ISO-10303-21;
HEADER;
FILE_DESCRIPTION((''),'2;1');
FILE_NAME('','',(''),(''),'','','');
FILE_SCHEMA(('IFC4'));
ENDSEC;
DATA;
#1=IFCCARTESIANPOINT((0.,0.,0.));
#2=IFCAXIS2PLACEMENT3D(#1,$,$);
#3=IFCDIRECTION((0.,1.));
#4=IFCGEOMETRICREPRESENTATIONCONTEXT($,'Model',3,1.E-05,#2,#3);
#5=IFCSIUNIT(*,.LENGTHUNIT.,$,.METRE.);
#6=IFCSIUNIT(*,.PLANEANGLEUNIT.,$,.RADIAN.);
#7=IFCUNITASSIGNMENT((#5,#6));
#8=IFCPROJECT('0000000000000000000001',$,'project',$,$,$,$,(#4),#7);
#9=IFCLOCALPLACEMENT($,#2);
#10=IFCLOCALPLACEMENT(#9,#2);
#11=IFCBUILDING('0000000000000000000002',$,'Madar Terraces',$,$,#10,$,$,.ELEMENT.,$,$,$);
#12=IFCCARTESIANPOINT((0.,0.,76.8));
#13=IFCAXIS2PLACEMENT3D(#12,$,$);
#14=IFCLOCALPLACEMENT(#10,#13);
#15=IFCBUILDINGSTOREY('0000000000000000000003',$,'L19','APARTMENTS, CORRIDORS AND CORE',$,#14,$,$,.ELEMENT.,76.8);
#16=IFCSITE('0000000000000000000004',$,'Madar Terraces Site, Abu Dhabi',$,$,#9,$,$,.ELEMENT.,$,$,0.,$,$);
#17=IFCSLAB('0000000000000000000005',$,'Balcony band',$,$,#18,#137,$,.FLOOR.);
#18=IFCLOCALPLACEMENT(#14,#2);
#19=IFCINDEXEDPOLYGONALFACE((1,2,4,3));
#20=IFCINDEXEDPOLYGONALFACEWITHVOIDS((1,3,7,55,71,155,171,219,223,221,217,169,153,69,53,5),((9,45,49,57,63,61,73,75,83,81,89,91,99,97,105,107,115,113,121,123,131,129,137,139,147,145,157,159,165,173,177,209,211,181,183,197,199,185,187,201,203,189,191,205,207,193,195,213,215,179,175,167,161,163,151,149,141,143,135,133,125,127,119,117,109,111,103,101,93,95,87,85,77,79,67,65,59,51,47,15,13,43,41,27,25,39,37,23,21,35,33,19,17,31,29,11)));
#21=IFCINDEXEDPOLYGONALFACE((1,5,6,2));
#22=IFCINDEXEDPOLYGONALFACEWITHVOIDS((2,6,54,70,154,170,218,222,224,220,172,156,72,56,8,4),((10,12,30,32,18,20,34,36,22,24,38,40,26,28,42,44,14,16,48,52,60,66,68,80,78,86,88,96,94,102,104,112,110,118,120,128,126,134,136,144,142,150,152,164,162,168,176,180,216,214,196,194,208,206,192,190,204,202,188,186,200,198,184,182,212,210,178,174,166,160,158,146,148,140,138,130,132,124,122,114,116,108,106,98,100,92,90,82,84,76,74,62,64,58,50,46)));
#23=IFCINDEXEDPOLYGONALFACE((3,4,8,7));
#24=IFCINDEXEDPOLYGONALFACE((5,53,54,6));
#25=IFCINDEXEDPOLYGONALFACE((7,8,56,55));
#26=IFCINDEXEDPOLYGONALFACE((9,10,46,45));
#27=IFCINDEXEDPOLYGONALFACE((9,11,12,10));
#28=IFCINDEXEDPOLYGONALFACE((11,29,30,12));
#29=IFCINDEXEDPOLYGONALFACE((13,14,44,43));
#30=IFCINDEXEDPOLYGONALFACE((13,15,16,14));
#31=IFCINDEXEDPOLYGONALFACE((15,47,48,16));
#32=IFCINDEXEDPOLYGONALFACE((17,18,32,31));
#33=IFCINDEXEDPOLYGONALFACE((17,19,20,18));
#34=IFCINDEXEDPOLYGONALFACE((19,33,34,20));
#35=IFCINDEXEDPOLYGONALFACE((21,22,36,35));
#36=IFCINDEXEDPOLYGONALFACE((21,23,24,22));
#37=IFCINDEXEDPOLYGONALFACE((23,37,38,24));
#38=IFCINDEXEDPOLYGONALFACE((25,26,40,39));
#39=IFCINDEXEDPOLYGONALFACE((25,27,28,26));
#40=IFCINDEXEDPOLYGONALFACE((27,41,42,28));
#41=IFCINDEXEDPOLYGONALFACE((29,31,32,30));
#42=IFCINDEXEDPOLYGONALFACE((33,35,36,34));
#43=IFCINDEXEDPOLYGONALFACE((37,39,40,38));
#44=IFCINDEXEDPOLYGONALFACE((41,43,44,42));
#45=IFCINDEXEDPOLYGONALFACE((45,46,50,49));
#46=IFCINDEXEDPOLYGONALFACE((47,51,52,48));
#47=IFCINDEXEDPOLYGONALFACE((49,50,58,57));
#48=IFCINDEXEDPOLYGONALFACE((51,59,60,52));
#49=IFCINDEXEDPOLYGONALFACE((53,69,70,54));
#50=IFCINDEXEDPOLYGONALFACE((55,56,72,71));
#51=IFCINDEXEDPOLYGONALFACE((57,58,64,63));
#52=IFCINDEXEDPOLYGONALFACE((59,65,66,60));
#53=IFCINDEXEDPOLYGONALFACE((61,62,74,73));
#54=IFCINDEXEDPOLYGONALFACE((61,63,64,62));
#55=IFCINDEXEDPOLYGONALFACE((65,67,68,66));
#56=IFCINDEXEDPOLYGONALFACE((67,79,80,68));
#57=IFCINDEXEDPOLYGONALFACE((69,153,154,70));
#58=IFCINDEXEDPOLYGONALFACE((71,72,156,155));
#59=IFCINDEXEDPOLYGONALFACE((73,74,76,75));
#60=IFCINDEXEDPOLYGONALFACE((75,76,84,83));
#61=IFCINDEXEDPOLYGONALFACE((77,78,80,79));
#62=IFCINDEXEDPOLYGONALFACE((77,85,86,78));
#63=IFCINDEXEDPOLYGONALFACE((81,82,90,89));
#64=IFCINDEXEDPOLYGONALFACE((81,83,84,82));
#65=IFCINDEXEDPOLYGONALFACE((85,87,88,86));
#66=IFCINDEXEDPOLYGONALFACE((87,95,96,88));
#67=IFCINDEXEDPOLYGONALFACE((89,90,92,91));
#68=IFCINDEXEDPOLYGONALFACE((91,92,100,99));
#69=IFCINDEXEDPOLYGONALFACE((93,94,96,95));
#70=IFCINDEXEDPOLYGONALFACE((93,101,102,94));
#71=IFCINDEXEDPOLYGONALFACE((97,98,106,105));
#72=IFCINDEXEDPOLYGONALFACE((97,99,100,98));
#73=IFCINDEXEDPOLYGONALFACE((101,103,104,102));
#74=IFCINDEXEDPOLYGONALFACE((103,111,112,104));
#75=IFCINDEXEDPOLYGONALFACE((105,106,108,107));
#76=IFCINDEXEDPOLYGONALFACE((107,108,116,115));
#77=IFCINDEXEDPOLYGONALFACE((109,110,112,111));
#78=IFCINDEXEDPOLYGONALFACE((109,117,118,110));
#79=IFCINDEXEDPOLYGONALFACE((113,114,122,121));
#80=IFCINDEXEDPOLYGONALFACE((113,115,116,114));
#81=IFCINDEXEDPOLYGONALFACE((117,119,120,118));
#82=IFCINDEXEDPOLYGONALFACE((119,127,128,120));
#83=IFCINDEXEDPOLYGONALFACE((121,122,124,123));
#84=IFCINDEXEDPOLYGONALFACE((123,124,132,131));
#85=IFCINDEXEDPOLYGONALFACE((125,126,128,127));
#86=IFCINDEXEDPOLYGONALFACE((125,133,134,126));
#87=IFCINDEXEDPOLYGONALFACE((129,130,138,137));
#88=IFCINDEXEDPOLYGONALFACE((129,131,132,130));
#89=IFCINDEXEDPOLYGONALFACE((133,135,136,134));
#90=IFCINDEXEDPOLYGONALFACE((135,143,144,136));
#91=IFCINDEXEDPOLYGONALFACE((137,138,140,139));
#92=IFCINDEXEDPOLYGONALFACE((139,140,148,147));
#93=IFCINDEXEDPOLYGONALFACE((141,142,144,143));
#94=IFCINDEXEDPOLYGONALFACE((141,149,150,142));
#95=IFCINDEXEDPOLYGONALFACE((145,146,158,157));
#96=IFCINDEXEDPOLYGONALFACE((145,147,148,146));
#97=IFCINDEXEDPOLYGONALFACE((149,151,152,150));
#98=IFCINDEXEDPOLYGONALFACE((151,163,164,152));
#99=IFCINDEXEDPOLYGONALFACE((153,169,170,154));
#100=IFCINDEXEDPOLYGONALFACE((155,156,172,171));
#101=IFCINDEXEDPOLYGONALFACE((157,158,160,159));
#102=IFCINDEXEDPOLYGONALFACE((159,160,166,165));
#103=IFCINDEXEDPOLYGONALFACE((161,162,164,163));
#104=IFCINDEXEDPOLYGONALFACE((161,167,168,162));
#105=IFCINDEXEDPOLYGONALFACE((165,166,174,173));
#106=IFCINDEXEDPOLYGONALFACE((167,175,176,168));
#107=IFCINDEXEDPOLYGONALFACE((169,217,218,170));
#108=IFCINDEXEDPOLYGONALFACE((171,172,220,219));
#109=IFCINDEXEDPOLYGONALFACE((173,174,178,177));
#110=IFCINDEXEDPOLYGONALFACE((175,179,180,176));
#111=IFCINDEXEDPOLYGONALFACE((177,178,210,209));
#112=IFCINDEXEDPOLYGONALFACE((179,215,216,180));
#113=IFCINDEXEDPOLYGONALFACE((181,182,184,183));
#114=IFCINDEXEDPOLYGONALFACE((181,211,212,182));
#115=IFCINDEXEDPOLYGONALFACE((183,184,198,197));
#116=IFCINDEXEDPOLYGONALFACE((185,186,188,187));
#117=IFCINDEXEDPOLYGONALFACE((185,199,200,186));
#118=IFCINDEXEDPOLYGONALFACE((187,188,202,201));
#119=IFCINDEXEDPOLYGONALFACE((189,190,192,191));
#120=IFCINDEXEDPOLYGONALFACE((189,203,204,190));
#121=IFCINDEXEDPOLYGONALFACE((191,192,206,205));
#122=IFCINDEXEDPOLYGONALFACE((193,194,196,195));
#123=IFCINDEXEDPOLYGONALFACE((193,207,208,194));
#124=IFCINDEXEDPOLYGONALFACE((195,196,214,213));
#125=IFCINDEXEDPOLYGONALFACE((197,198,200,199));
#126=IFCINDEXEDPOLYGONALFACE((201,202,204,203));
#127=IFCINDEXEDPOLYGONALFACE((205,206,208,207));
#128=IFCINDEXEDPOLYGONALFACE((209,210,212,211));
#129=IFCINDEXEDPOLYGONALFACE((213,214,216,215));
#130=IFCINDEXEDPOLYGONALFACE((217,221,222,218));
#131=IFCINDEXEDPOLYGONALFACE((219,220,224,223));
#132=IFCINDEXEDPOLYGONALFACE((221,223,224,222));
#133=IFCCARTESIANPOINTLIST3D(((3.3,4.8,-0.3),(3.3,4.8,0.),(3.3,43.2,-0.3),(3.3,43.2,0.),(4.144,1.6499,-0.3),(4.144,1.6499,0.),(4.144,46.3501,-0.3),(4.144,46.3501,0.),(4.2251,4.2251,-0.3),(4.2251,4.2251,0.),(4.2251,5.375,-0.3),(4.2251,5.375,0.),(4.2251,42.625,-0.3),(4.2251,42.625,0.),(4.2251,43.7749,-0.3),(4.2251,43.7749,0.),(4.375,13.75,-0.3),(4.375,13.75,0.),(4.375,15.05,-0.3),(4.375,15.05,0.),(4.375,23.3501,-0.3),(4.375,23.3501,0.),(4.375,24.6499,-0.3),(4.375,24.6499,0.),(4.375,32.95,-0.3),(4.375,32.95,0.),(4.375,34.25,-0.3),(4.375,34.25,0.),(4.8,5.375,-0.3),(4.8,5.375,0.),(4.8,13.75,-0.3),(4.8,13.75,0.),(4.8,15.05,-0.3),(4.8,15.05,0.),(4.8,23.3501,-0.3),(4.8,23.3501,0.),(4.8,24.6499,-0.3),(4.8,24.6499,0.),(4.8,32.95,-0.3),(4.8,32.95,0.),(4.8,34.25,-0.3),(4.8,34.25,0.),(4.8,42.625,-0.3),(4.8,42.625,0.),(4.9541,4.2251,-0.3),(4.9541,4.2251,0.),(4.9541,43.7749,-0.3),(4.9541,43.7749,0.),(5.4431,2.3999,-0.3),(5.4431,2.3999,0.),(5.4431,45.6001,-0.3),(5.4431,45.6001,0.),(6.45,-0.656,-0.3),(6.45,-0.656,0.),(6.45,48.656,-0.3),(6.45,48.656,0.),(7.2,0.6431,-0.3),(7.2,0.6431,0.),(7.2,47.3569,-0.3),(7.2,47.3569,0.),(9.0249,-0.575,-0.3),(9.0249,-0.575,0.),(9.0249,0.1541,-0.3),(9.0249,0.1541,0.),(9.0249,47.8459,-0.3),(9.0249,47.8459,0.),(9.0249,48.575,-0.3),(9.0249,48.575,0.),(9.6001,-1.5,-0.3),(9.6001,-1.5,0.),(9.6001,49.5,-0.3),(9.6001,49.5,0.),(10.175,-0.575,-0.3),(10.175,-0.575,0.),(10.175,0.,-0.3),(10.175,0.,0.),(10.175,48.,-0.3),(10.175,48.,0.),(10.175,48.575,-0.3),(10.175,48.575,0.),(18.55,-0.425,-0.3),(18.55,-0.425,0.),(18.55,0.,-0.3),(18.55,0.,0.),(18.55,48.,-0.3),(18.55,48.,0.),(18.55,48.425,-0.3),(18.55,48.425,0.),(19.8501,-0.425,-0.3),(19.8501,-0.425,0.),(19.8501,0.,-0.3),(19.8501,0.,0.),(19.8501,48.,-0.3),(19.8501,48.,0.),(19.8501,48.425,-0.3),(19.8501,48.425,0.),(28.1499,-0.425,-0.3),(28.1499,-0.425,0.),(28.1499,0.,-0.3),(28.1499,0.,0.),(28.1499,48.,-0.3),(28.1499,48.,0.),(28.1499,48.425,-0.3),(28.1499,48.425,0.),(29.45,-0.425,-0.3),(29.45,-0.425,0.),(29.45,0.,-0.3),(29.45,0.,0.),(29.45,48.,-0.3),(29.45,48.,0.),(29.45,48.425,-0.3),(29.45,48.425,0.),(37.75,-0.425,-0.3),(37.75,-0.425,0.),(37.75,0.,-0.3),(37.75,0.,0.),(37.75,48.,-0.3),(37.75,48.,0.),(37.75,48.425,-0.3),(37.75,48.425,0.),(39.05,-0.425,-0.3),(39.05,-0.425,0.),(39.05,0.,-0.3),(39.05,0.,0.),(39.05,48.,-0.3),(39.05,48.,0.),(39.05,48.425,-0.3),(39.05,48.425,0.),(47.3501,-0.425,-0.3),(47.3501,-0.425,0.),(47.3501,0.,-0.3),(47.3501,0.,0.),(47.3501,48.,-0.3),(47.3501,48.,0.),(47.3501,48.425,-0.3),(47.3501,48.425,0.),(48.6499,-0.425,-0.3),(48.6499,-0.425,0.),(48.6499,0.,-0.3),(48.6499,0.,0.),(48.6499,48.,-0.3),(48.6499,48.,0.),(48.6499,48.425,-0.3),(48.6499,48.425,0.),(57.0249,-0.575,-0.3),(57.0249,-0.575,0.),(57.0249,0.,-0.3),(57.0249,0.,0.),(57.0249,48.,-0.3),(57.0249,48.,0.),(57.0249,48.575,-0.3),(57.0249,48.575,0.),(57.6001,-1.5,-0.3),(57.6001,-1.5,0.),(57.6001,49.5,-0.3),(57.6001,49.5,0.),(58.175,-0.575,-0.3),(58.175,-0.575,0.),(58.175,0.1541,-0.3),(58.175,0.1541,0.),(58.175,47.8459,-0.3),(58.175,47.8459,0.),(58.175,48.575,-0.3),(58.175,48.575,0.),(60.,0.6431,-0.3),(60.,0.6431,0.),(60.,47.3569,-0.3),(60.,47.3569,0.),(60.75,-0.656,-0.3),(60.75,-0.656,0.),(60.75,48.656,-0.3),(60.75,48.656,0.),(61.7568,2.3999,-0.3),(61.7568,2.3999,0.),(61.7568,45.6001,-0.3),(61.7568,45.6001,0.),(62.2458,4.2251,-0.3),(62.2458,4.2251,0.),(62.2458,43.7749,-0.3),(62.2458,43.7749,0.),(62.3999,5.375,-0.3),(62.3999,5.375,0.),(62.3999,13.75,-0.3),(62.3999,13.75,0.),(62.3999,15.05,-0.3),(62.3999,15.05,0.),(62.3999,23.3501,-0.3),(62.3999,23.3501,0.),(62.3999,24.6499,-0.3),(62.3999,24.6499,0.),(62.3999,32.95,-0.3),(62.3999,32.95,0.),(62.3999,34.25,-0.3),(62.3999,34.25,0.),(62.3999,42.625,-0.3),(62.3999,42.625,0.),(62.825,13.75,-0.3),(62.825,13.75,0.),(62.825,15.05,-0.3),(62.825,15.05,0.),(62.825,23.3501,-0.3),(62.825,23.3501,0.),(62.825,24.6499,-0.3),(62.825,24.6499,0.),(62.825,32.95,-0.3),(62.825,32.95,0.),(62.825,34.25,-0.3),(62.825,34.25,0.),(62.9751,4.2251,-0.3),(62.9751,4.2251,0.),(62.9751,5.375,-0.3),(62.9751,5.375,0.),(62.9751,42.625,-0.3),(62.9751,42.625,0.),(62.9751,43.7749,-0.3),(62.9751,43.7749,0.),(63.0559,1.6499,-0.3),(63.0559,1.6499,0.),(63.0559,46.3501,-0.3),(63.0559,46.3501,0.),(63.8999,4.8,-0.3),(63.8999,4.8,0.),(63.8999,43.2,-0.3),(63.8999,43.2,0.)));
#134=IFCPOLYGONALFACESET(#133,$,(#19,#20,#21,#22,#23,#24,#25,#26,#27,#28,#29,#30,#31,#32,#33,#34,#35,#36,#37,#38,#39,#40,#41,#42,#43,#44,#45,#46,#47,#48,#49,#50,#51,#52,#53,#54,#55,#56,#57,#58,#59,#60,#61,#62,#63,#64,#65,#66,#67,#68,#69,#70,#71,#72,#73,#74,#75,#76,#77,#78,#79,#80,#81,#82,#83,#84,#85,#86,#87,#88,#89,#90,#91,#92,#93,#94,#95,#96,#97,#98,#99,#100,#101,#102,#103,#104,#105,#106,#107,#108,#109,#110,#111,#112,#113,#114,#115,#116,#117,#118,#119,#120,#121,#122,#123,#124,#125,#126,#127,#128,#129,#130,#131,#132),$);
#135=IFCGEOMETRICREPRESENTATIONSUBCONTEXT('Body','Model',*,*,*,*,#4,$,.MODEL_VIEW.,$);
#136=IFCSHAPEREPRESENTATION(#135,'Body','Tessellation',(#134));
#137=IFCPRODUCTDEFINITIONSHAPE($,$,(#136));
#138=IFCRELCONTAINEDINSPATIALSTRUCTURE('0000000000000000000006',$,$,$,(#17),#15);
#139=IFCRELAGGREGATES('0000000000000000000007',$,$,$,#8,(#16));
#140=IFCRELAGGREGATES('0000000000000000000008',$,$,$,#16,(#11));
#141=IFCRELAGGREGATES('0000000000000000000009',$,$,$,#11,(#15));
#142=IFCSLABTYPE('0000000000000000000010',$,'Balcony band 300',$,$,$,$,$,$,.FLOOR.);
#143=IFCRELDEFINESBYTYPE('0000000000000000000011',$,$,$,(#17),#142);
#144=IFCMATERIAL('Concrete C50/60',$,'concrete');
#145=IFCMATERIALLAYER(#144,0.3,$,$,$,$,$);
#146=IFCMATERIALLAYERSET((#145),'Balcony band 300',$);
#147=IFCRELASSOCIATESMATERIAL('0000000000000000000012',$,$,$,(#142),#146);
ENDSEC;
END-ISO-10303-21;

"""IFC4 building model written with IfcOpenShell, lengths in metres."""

from ifc_helpers import new_model, si_unit, direction, frame, origin, place, context, subcontext, project, spatial, polyline, outline, extrude, material, layer, layer_set, type_object, element, save


model = new_model("IFC4")

# Units and contexts
model_context = context("Model", 3, precision=1e-05, world=origin(), true_north=direction((0.0, 1.0)))
body_context = subcontext(model_context, "Body", "Model", "MODEL_VIEW")
ifc_project = project(units=[si_unit("LENGTHUNIT", "METRE"), si_unit("PLANEANGLEUNIT", "RADIAN")], contexts=[model_context])

# Site, building, storey
site_placement = place(None, origin())
site = spatial("IfcSite", under=ifc_project, at=site_placement, Name="Madar Terraces Site, Abu Dhabi", CompositionType="ELEMENT", RefElevation=0.0)
building_placement = place(site_placement, origin())
building = spatial("IfcBuilding", under=site, at=building_placement, Name="Madar Terraces", CompositionType="ELEMENT")
storey_placement = place(building_placement, frame((0.0, 0.0, 76.8)))
storey = spatial("IfcBuildingStorey", under=building, at=storey_placement, Name="L19", Description="APARTMENTS, CORRIDORS AND CORE", CompositionType="ELEMENT", Elevation=76.8)

# Slab
ifc_material_1 = material(Name="Concrete C50/60", Category="concrete")
ifc_layer_1 = layer(ifc_material_1, 0.3)
ifc_layer_set_1 = layer_set([ifc_layer_1], Name="Balcony band 300")
slab_type_1 = type_object("IfcSlabType", Name="Balcony band 300", PredefinedType="FLOOR", material=ifc_layer_set_1)
slab_1_placement = place(storey_placement, frame((0.0, 0.0, -0.3)))
element("IfcSlab", 1, at=slab_1_placement, inside=storey, type_object=slab_type_1, Name="Balcony band", PredefinedType="FLOOR", context=body_context, shape_type="SweptSolid", body=[
    extrude(outline(polyline([(9.6001, -1.5), (6.45, -0.656), (4.144, 1.6499), (3.3, 4.8), (3.3, 43.2), (4.144, 46.3501), (6.45, 48.656), (9.6001, 49.5), (57.6001, 49.5), (60.75, 48.656), (63.0559, 46.3501), (63.8999, 43.2), (63.8999, 4.8), (63.0559, 1.6499), (60.75, -0.656), (57.6001, -1.5), (9.6001, -1.5)]), holes=[polyline([(10.175, -0.575), (10.175, 0.0), (18.55, 0.0), (18.55, -0.425), (19.8501, -0.425), (19.8501, 0.0), (28.1499, 0.0), (28.1499, -0.425), (29.45, -0.425), (29.45, 0.0), (37.75, 0.0), (37.75, -0.425), (39.05, -0.425), (39.05, 0.0), (47.3501, 0.0), (47.3501, -0.425), (48.6499, -0.425), (48.6499, 0.0), (57.0249, 0.0), (57.0249, -0.575), (58.175, -0.575), (58.175, 0.1541), (60.0, 0.6431), (61.7568, 2.3999), (62.2458, 4.2251), (62.9751, 4.2251), (62.9751, 5.375), (62.3999, 5.375), (62.3999, 13.75), (62.825, 13.75), (62.825, 15.05), (62.3999, 15.05), (62.3999, 23.3501), (62.825, 23.3501), (62.825, 24.6499), (62.3999, 24.6499), (62.3999, 32.95), (62.825, 32.95), (62.825, 34.25), (62.3999, 34.25), (62.3999, 42.625), (62.9751, 42.625), (62.9751, 43.7749), (62.2458, 43.7749), (61.7568, 45.6001), (60.0, 47.3569), (58.175, 47.8459), (58.175, 48.575), (57.0249, 48.575), (57.0249, 48.0), (48.6499, 48.0), (48.6499, 48.425), (47.3501, 48.425), (47.3501, 48.0), (39.05, 48.0), (39.05, 48.425), (37.75, 48.425), (37.75, 48.0), (29.45, 48.0), (29.45, 48.425), (28.1499, 48.425), (28.1499, 48.0), (19.8501, 48.0), (19.8501, 48.425), (18.55, 48.425), (18.55, 48.0), (10.175, 48.0), (10.175, 48.575), (9.0249, 48.575), (9.0249, 47.8459), (7.2, 47.3569), (5.4431, 45.6001), (4.9541, 43.7749), (4.2251, 43.7749), (4.2251, 42.625), (4.8, 42.625), (4.8, 34.25), (4.375, 34.25), (4.375, 32.95), (4.8, 32.95), (4.8, 24.6499), (4.375, 24.6499), (4.375, 23.3501), (4.8, 23.3501), (4.8, 15.05), (4.375, 15.05), (4.375, 13.75), (4.8, 13.75), (4.8, 5.375), (4.2251, 5.375), (4.2251, 4.2251), (4.9541, 4.2251), (5.4431, 2.3999), (7.2, 0.6431), (9.0249, 0.1541), (9.0249, -0.575), (10.175, -0.575)])]), origin(), (0.0, 0.0, 1.0), 0.3),
])

save(model, "model.ifc")
